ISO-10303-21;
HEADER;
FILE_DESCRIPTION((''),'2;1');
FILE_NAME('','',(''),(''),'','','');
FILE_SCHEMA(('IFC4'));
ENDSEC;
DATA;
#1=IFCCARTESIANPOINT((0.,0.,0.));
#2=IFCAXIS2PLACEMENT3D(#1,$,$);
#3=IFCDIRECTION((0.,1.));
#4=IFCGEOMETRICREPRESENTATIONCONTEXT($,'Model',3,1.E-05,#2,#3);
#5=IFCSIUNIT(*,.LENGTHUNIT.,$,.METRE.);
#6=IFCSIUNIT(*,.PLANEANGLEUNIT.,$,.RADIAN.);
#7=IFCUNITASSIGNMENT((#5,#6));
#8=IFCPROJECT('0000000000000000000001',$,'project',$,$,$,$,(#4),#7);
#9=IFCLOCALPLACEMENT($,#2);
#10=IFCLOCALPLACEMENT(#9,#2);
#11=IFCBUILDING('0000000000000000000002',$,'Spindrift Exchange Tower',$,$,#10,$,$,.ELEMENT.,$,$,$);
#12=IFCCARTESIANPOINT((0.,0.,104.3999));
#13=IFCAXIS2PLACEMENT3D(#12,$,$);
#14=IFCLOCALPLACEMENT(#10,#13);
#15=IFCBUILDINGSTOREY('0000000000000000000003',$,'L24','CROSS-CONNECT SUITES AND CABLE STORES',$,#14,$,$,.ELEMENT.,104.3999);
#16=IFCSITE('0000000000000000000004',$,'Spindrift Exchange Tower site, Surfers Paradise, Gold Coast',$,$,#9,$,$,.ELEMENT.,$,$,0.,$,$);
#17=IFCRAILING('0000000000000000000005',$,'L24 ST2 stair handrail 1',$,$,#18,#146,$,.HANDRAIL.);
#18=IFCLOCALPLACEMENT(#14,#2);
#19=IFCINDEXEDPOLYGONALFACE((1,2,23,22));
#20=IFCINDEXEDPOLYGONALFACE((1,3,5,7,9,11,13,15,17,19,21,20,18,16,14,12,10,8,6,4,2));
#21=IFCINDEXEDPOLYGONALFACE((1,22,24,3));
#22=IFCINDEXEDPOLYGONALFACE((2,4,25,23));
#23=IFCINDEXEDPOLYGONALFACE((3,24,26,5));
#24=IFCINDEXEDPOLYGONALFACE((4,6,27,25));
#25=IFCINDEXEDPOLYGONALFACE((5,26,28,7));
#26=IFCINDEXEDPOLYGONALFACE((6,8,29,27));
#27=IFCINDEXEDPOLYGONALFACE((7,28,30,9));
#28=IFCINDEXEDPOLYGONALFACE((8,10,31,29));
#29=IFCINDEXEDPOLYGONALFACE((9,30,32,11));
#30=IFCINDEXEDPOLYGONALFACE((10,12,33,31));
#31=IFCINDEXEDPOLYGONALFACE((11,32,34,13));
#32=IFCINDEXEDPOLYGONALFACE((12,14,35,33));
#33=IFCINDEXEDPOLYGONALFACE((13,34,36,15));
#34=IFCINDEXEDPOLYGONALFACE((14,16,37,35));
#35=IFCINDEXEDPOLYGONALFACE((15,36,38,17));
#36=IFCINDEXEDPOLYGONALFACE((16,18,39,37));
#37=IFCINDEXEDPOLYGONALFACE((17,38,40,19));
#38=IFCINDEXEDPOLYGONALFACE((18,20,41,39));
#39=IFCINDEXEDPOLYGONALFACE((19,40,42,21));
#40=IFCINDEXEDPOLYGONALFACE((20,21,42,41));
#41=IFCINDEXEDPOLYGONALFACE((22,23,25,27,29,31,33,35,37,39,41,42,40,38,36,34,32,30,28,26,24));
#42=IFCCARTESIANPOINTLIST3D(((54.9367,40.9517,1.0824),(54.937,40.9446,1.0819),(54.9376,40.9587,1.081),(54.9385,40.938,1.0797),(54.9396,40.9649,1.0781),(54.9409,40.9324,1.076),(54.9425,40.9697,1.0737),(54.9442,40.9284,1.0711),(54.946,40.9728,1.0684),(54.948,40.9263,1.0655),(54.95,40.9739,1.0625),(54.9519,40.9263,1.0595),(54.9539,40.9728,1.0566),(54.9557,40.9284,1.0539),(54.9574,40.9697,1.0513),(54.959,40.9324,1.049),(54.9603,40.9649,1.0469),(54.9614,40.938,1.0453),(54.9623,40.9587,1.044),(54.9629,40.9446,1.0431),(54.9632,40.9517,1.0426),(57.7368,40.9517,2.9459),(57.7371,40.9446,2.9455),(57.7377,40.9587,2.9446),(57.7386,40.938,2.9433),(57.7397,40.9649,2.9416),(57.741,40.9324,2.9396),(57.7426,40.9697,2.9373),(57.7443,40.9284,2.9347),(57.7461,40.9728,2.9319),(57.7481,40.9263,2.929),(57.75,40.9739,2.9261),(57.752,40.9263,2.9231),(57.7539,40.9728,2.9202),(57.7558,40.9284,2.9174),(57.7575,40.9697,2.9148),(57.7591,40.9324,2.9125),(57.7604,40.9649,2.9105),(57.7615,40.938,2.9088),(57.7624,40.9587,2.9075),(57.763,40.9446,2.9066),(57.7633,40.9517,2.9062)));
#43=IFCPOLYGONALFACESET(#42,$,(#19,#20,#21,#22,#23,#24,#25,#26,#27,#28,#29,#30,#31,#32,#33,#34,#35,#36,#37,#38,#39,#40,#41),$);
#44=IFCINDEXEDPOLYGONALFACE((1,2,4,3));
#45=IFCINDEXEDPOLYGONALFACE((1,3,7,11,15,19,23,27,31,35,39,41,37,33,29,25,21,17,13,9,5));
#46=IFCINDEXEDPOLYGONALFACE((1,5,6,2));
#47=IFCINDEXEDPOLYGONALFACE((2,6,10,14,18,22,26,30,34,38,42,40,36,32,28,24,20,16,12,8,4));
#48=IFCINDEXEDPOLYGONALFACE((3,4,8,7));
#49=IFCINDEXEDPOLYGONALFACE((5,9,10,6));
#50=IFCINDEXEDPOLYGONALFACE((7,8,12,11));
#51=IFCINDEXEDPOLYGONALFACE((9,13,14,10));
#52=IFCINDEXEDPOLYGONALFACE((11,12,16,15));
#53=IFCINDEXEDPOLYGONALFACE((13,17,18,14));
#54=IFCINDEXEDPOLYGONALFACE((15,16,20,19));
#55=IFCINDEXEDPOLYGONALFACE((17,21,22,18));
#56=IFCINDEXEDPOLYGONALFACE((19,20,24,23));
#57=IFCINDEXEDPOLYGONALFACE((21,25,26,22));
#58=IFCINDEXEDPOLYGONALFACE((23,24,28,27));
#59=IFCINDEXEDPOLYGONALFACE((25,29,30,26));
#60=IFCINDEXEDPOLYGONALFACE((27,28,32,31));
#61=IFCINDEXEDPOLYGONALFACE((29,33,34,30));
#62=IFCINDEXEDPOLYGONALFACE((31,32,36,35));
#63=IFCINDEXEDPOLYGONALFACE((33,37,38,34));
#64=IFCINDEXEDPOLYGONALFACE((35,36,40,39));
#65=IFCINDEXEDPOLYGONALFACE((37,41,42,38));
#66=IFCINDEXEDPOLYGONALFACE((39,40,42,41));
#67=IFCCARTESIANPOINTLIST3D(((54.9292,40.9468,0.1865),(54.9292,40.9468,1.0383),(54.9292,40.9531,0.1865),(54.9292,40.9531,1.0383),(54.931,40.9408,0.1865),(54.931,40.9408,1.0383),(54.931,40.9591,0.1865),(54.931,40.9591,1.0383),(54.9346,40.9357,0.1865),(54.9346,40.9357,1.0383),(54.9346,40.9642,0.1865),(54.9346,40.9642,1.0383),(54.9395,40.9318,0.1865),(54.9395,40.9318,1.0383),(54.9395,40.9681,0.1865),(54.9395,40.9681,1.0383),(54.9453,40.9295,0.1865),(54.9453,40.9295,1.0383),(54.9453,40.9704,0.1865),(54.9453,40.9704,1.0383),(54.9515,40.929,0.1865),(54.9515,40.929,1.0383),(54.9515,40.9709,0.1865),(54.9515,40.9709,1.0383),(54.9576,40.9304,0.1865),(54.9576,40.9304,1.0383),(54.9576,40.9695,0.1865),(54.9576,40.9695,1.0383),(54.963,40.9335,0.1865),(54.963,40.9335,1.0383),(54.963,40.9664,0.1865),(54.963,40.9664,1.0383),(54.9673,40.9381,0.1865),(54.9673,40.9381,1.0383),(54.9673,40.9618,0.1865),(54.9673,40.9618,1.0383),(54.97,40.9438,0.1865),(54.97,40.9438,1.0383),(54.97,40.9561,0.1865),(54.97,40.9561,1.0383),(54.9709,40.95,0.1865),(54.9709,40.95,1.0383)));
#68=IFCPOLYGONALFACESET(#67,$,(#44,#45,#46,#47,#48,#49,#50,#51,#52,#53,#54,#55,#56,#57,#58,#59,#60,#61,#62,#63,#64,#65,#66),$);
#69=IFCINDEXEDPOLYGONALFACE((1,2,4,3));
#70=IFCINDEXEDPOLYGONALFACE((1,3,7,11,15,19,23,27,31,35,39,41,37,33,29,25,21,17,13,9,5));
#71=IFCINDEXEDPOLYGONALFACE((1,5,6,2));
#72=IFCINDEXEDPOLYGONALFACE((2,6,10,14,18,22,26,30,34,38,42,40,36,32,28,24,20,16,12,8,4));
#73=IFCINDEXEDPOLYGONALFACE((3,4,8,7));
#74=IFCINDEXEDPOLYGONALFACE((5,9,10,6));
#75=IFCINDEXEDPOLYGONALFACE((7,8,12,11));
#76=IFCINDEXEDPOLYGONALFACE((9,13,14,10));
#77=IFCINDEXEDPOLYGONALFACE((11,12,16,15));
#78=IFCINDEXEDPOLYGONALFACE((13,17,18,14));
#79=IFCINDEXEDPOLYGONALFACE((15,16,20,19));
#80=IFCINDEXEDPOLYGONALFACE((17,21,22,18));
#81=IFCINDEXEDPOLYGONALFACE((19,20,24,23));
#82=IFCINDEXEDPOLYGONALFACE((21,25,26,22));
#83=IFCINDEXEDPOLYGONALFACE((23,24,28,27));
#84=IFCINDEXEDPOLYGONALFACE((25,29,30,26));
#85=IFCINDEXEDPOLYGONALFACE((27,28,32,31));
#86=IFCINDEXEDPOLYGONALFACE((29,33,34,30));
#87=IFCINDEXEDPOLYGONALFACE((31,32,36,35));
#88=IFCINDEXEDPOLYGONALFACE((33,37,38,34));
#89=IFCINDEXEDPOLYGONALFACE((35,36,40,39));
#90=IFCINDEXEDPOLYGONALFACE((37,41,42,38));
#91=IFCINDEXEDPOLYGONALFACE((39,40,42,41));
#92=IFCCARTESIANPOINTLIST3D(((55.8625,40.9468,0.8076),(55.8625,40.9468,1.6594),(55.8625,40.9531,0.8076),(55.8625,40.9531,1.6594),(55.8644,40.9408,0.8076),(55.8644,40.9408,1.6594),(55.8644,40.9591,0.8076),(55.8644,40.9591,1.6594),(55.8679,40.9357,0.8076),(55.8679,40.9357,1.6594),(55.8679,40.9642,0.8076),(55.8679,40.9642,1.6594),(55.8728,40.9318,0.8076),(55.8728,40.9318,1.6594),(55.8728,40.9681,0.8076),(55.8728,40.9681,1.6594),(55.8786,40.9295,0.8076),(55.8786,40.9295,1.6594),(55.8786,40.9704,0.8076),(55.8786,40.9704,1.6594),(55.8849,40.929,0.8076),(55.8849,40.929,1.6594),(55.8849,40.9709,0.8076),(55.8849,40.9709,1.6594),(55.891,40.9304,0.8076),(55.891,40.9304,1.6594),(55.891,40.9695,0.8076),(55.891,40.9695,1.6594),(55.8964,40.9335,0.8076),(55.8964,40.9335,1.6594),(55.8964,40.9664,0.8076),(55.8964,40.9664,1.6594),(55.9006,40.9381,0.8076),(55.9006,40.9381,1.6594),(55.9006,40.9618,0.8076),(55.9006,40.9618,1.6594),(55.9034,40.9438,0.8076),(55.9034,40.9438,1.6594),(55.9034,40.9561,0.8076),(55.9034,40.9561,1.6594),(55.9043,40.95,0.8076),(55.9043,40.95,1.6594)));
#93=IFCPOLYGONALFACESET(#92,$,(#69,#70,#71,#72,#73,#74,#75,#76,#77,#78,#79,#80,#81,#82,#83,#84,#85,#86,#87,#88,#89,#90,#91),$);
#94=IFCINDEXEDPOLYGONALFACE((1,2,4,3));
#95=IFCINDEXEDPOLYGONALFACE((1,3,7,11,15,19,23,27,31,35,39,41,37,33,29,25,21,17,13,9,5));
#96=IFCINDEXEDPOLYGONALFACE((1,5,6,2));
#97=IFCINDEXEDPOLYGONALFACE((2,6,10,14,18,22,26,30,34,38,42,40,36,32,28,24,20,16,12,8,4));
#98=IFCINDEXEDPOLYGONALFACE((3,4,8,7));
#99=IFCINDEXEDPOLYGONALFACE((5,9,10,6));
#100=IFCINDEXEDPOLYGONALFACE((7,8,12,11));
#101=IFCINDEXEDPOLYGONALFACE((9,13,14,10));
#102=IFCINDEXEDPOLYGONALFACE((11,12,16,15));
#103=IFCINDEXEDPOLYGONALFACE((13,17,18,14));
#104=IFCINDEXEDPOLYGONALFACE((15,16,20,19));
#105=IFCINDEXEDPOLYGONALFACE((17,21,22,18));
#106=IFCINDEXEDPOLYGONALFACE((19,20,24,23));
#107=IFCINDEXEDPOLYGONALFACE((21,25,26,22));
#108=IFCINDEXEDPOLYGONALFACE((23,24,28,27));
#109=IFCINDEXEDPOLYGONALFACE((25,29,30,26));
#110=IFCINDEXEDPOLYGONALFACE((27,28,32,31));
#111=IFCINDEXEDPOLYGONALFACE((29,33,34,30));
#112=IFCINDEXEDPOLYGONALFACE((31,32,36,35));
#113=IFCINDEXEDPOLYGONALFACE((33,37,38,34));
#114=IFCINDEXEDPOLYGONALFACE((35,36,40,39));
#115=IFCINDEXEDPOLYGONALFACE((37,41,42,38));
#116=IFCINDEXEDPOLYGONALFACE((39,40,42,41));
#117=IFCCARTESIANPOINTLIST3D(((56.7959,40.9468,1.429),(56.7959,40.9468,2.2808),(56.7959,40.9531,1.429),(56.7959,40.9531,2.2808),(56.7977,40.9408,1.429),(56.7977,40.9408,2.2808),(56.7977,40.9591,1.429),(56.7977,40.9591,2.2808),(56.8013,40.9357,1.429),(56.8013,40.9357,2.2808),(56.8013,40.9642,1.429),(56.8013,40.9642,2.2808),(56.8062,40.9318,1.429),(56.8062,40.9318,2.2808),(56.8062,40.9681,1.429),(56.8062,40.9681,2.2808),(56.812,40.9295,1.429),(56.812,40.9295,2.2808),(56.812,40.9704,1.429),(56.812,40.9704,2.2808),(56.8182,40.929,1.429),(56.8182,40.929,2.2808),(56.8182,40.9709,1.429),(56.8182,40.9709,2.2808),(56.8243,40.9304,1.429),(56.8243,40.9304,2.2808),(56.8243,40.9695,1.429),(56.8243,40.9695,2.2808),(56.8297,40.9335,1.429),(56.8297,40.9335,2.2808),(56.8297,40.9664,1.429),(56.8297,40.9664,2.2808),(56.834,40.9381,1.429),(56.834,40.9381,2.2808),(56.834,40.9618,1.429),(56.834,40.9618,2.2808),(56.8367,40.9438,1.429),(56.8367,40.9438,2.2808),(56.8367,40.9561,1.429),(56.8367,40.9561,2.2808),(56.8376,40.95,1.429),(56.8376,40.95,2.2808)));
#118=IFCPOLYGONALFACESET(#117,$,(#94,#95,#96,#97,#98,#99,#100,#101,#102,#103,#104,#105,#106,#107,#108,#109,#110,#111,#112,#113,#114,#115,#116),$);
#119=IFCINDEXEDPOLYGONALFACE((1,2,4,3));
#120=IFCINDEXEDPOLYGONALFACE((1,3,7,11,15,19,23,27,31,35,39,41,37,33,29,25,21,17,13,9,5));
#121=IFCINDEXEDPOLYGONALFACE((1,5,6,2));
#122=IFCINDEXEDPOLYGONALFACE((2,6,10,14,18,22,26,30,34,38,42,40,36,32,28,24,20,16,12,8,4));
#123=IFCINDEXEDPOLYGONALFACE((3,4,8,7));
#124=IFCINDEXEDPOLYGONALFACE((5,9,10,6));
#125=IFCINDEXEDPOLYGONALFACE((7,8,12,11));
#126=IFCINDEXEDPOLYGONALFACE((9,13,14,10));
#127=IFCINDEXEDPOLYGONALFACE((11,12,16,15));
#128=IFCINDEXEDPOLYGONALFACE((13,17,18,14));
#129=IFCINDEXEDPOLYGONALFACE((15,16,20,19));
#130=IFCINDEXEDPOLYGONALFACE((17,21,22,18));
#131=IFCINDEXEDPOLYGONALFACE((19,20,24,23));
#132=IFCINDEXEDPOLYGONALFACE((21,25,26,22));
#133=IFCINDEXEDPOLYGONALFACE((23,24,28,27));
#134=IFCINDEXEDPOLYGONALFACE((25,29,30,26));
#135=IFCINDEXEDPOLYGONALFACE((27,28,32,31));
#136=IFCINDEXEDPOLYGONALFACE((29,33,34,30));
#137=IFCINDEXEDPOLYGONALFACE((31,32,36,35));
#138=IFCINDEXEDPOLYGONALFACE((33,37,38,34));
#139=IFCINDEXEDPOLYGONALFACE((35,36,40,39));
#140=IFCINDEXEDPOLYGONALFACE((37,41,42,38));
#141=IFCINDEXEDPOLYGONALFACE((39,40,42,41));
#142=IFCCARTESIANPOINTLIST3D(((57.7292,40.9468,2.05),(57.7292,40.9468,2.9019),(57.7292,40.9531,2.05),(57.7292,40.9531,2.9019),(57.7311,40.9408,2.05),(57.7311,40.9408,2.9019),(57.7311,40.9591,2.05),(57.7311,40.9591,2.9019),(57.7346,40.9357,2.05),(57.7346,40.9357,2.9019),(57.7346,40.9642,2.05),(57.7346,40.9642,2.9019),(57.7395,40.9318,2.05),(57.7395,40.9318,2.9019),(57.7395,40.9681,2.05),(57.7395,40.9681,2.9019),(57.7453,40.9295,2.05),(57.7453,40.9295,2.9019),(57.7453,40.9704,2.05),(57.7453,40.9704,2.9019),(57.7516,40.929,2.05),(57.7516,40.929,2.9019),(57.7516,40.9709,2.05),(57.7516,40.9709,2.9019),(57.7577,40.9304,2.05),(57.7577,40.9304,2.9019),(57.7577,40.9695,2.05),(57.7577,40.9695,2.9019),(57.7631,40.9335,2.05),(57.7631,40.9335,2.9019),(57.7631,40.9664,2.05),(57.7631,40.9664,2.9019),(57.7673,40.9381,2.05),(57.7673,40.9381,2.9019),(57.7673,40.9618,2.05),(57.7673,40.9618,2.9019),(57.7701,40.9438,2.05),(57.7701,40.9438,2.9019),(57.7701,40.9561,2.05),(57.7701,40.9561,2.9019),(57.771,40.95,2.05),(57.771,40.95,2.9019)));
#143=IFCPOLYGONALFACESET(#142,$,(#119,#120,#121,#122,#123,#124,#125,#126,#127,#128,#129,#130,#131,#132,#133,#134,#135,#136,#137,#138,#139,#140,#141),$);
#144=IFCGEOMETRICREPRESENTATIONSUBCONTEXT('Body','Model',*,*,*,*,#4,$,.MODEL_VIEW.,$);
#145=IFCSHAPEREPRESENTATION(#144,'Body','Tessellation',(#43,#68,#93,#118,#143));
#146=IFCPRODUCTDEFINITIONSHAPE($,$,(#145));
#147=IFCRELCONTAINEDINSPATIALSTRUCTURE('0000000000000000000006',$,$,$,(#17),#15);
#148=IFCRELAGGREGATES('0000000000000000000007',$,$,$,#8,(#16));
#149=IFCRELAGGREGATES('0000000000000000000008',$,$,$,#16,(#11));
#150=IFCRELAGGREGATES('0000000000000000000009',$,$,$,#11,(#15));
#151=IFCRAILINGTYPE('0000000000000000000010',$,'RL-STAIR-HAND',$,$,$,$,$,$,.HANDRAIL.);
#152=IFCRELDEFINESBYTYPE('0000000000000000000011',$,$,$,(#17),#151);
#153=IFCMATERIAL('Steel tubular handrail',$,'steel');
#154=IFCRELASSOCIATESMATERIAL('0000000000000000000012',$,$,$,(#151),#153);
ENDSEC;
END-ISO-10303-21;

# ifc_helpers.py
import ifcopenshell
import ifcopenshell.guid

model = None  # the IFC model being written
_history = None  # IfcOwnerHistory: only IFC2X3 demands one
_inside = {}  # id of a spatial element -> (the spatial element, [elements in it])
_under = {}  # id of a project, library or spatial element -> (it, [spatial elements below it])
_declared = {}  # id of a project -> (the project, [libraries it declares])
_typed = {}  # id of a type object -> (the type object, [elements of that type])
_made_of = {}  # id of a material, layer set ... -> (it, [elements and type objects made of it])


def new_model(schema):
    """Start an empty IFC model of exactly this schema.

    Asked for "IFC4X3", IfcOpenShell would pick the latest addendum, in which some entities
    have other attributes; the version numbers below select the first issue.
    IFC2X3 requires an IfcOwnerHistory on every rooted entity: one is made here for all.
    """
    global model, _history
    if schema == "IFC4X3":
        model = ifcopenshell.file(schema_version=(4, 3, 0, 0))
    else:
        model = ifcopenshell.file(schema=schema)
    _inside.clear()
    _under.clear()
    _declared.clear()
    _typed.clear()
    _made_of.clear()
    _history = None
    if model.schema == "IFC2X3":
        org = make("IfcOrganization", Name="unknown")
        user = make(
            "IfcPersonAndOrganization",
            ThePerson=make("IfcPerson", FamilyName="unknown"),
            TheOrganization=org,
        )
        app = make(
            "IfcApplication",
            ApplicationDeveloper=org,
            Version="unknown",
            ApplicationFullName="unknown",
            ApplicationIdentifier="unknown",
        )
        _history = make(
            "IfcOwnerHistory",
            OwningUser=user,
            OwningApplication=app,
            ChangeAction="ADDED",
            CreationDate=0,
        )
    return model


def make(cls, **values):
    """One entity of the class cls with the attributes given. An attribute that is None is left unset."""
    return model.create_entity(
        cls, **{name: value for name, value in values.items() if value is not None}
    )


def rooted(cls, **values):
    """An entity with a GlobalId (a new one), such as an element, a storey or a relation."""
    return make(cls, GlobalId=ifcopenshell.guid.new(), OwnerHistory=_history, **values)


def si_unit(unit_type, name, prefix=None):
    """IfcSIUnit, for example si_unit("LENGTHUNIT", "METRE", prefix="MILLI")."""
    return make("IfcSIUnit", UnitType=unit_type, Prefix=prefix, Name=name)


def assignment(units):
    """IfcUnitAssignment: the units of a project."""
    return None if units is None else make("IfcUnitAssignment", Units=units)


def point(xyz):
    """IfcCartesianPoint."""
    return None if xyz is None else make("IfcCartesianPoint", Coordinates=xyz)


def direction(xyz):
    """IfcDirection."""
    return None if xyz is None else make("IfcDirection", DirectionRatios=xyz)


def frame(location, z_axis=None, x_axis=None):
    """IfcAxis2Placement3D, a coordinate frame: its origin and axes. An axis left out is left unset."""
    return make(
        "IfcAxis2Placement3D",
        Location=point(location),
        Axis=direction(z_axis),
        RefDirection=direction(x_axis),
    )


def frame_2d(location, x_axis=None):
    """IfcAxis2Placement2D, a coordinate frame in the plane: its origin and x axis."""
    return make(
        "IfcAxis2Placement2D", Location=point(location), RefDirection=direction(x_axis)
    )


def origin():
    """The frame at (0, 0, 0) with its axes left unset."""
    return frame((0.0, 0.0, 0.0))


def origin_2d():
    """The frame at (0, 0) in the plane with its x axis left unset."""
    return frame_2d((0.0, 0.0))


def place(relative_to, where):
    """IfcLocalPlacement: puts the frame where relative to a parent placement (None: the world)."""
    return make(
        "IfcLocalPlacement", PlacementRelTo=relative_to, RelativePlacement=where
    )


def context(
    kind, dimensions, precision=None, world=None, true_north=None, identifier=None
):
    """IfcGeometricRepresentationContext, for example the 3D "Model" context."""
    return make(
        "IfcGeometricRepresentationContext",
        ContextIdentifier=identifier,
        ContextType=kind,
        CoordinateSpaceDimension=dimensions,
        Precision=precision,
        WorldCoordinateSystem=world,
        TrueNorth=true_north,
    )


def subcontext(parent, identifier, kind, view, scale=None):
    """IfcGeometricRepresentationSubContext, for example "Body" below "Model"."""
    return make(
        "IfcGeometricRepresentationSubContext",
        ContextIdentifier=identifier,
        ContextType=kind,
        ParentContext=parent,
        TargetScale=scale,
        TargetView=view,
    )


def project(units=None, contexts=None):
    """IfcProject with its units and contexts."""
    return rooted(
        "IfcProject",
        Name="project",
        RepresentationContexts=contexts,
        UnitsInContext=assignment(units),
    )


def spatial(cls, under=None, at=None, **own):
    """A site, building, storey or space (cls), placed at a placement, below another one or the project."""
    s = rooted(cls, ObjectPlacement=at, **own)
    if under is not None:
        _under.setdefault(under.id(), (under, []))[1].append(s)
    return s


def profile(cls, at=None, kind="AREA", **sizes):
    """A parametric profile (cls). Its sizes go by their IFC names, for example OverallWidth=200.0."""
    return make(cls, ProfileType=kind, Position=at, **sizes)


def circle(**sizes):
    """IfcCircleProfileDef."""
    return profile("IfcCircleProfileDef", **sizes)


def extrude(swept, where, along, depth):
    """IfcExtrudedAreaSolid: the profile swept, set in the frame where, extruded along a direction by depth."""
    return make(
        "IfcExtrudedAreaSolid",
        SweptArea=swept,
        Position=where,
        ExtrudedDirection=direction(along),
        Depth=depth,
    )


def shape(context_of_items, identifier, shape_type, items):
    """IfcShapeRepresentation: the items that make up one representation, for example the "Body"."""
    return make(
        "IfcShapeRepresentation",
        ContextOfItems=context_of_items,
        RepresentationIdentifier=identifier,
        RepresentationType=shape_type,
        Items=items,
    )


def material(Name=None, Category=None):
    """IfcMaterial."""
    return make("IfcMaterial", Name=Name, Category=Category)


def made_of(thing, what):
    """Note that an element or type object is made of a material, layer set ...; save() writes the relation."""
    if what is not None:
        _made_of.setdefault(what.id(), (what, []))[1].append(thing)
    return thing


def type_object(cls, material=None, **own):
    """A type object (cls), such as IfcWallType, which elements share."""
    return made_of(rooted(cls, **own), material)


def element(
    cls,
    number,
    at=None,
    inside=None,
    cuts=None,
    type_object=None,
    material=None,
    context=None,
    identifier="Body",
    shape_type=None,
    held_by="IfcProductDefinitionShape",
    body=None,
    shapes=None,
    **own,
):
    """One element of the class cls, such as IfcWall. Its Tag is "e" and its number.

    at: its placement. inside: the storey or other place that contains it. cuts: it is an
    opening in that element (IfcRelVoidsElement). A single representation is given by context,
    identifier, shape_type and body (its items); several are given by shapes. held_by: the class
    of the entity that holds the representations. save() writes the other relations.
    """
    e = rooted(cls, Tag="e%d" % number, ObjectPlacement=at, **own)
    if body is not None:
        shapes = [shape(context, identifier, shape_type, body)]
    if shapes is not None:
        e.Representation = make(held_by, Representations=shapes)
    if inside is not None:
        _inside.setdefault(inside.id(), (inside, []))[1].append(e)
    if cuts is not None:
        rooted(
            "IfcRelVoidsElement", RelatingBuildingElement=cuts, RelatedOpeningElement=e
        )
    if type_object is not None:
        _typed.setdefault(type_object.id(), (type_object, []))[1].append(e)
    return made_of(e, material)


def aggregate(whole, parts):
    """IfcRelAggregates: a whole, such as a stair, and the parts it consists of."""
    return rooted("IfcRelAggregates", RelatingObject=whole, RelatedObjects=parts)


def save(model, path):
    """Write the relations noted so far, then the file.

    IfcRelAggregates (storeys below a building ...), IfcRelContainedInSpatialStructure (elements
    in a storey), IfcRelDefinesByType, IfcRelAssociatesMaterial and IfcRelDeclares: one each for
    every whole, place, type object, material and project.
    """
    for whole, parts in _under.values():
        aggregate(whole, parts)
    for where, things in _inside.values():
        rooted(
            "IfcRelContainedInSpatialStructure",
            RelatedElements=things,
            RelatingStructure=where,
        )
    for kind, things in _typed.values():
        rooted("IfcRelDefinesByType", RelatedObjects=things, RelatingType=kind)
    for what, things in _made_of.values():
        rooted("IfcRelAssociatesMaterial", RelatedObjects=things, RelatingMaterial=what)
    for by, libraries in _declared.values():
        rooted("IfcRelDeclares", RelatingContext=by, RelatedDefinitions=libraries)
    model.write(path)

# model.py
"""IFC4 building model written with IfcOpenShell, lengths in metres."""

from ifc_helpers import new_model, si_unit, direction, frame, origin, origin_2d, place, context, subcontext, project, spatial, circle, extrude, material, type_object, element, save


model = new_model("IFC4")

# Units and contexts
model_context = context("Model", 3, precision=1e-05, world=origin(), true_north=direction((0.0, 1.0)))
body_context = subcontext(model_context, "Body", "Model", "MODEL_VIEW")
ifc_project = project(units=[si_unit("LENGTHUNIT", "METRE"), si_unit("PLANEANGLEUNIT", "RADIAN")], contexts=[model_context])

# Site, building, storey
site_placement = place(None, origin())
site = spatial("IfcSite", under=ifc_project, at=site_placement, Name="Spindrift Exchange Tower site, Surfers Paradise, Gold Coast", CompositionType="ELEMENT", RefElevation=0.0)
building_placement = place(site_placement, origin())
building = spatial("IfcBuilding", under=site, at=building_placement, Name="Spindrift Exchange Tower", CompositionType="ELEMENT")
storey_placement = place(building_placement, frame((0.0, 0.0, 104.3999)))
storey = spatial("IfcBuildingStorey", under=building, at=storey_placement, Name="L24", Description="CROSS-CONNECT SUITES AND CABLE STORES", CompositionType="ELEMENT", Elevation=104.3999)

# Railing
ifc_material_1 = material(Name="Steel tubular handrail", Category="steel")
railing_type_1 = type_object("IfcRailingType", Name="RL-STAIR-HAND", PredefinedType="HANDRAIL", material=ifc_material_1)
railing_1_placement = place(storey_placement, frame((54.95, 40.95, 0.1865)))
element("IfcRailing", 1, at=railing_1_placement, inside=storey, type_object=railing_type_1, Name="L24 ST2 stair handrail 1", PredefinedType="HANDRAIL", context=body_context, shape_type="SweptSolid", body=[
    extrude(circle(Radius=0.0239, at=origin_2d()), frame((0.0, 0.0, 0.876), z_axis=(0.832486, 0.0, 0.554047), x_axis=(0.0, 1.0, 0.0)), (0.0, 0.0, 1.0), 3.3635),
    extrude(circle(Radius=0.021, at=origin_2d()), origin(), (0.0, 0.0, 1.0), 0.8518),
    extrude(circle(Radius=0.021, at=origin_2d()), frame((0.9333, 0.0, 0.6211)), (0.0, 0.0, 1.0), 0.8518),
    extrude(circle(Radius=0.021, at=origin_2d()), frame((1.8667, 0.0, 1.2424)), (0.0, 0.0, 1.0), 0.8518),
    extrude(circle(Radius=0.021, at=origin_2d()), frame((2.8, 0.0, 1.8635)), (0.0, 0.0, 1.0), 0.8518),
])

save(model, "model.ifc")
